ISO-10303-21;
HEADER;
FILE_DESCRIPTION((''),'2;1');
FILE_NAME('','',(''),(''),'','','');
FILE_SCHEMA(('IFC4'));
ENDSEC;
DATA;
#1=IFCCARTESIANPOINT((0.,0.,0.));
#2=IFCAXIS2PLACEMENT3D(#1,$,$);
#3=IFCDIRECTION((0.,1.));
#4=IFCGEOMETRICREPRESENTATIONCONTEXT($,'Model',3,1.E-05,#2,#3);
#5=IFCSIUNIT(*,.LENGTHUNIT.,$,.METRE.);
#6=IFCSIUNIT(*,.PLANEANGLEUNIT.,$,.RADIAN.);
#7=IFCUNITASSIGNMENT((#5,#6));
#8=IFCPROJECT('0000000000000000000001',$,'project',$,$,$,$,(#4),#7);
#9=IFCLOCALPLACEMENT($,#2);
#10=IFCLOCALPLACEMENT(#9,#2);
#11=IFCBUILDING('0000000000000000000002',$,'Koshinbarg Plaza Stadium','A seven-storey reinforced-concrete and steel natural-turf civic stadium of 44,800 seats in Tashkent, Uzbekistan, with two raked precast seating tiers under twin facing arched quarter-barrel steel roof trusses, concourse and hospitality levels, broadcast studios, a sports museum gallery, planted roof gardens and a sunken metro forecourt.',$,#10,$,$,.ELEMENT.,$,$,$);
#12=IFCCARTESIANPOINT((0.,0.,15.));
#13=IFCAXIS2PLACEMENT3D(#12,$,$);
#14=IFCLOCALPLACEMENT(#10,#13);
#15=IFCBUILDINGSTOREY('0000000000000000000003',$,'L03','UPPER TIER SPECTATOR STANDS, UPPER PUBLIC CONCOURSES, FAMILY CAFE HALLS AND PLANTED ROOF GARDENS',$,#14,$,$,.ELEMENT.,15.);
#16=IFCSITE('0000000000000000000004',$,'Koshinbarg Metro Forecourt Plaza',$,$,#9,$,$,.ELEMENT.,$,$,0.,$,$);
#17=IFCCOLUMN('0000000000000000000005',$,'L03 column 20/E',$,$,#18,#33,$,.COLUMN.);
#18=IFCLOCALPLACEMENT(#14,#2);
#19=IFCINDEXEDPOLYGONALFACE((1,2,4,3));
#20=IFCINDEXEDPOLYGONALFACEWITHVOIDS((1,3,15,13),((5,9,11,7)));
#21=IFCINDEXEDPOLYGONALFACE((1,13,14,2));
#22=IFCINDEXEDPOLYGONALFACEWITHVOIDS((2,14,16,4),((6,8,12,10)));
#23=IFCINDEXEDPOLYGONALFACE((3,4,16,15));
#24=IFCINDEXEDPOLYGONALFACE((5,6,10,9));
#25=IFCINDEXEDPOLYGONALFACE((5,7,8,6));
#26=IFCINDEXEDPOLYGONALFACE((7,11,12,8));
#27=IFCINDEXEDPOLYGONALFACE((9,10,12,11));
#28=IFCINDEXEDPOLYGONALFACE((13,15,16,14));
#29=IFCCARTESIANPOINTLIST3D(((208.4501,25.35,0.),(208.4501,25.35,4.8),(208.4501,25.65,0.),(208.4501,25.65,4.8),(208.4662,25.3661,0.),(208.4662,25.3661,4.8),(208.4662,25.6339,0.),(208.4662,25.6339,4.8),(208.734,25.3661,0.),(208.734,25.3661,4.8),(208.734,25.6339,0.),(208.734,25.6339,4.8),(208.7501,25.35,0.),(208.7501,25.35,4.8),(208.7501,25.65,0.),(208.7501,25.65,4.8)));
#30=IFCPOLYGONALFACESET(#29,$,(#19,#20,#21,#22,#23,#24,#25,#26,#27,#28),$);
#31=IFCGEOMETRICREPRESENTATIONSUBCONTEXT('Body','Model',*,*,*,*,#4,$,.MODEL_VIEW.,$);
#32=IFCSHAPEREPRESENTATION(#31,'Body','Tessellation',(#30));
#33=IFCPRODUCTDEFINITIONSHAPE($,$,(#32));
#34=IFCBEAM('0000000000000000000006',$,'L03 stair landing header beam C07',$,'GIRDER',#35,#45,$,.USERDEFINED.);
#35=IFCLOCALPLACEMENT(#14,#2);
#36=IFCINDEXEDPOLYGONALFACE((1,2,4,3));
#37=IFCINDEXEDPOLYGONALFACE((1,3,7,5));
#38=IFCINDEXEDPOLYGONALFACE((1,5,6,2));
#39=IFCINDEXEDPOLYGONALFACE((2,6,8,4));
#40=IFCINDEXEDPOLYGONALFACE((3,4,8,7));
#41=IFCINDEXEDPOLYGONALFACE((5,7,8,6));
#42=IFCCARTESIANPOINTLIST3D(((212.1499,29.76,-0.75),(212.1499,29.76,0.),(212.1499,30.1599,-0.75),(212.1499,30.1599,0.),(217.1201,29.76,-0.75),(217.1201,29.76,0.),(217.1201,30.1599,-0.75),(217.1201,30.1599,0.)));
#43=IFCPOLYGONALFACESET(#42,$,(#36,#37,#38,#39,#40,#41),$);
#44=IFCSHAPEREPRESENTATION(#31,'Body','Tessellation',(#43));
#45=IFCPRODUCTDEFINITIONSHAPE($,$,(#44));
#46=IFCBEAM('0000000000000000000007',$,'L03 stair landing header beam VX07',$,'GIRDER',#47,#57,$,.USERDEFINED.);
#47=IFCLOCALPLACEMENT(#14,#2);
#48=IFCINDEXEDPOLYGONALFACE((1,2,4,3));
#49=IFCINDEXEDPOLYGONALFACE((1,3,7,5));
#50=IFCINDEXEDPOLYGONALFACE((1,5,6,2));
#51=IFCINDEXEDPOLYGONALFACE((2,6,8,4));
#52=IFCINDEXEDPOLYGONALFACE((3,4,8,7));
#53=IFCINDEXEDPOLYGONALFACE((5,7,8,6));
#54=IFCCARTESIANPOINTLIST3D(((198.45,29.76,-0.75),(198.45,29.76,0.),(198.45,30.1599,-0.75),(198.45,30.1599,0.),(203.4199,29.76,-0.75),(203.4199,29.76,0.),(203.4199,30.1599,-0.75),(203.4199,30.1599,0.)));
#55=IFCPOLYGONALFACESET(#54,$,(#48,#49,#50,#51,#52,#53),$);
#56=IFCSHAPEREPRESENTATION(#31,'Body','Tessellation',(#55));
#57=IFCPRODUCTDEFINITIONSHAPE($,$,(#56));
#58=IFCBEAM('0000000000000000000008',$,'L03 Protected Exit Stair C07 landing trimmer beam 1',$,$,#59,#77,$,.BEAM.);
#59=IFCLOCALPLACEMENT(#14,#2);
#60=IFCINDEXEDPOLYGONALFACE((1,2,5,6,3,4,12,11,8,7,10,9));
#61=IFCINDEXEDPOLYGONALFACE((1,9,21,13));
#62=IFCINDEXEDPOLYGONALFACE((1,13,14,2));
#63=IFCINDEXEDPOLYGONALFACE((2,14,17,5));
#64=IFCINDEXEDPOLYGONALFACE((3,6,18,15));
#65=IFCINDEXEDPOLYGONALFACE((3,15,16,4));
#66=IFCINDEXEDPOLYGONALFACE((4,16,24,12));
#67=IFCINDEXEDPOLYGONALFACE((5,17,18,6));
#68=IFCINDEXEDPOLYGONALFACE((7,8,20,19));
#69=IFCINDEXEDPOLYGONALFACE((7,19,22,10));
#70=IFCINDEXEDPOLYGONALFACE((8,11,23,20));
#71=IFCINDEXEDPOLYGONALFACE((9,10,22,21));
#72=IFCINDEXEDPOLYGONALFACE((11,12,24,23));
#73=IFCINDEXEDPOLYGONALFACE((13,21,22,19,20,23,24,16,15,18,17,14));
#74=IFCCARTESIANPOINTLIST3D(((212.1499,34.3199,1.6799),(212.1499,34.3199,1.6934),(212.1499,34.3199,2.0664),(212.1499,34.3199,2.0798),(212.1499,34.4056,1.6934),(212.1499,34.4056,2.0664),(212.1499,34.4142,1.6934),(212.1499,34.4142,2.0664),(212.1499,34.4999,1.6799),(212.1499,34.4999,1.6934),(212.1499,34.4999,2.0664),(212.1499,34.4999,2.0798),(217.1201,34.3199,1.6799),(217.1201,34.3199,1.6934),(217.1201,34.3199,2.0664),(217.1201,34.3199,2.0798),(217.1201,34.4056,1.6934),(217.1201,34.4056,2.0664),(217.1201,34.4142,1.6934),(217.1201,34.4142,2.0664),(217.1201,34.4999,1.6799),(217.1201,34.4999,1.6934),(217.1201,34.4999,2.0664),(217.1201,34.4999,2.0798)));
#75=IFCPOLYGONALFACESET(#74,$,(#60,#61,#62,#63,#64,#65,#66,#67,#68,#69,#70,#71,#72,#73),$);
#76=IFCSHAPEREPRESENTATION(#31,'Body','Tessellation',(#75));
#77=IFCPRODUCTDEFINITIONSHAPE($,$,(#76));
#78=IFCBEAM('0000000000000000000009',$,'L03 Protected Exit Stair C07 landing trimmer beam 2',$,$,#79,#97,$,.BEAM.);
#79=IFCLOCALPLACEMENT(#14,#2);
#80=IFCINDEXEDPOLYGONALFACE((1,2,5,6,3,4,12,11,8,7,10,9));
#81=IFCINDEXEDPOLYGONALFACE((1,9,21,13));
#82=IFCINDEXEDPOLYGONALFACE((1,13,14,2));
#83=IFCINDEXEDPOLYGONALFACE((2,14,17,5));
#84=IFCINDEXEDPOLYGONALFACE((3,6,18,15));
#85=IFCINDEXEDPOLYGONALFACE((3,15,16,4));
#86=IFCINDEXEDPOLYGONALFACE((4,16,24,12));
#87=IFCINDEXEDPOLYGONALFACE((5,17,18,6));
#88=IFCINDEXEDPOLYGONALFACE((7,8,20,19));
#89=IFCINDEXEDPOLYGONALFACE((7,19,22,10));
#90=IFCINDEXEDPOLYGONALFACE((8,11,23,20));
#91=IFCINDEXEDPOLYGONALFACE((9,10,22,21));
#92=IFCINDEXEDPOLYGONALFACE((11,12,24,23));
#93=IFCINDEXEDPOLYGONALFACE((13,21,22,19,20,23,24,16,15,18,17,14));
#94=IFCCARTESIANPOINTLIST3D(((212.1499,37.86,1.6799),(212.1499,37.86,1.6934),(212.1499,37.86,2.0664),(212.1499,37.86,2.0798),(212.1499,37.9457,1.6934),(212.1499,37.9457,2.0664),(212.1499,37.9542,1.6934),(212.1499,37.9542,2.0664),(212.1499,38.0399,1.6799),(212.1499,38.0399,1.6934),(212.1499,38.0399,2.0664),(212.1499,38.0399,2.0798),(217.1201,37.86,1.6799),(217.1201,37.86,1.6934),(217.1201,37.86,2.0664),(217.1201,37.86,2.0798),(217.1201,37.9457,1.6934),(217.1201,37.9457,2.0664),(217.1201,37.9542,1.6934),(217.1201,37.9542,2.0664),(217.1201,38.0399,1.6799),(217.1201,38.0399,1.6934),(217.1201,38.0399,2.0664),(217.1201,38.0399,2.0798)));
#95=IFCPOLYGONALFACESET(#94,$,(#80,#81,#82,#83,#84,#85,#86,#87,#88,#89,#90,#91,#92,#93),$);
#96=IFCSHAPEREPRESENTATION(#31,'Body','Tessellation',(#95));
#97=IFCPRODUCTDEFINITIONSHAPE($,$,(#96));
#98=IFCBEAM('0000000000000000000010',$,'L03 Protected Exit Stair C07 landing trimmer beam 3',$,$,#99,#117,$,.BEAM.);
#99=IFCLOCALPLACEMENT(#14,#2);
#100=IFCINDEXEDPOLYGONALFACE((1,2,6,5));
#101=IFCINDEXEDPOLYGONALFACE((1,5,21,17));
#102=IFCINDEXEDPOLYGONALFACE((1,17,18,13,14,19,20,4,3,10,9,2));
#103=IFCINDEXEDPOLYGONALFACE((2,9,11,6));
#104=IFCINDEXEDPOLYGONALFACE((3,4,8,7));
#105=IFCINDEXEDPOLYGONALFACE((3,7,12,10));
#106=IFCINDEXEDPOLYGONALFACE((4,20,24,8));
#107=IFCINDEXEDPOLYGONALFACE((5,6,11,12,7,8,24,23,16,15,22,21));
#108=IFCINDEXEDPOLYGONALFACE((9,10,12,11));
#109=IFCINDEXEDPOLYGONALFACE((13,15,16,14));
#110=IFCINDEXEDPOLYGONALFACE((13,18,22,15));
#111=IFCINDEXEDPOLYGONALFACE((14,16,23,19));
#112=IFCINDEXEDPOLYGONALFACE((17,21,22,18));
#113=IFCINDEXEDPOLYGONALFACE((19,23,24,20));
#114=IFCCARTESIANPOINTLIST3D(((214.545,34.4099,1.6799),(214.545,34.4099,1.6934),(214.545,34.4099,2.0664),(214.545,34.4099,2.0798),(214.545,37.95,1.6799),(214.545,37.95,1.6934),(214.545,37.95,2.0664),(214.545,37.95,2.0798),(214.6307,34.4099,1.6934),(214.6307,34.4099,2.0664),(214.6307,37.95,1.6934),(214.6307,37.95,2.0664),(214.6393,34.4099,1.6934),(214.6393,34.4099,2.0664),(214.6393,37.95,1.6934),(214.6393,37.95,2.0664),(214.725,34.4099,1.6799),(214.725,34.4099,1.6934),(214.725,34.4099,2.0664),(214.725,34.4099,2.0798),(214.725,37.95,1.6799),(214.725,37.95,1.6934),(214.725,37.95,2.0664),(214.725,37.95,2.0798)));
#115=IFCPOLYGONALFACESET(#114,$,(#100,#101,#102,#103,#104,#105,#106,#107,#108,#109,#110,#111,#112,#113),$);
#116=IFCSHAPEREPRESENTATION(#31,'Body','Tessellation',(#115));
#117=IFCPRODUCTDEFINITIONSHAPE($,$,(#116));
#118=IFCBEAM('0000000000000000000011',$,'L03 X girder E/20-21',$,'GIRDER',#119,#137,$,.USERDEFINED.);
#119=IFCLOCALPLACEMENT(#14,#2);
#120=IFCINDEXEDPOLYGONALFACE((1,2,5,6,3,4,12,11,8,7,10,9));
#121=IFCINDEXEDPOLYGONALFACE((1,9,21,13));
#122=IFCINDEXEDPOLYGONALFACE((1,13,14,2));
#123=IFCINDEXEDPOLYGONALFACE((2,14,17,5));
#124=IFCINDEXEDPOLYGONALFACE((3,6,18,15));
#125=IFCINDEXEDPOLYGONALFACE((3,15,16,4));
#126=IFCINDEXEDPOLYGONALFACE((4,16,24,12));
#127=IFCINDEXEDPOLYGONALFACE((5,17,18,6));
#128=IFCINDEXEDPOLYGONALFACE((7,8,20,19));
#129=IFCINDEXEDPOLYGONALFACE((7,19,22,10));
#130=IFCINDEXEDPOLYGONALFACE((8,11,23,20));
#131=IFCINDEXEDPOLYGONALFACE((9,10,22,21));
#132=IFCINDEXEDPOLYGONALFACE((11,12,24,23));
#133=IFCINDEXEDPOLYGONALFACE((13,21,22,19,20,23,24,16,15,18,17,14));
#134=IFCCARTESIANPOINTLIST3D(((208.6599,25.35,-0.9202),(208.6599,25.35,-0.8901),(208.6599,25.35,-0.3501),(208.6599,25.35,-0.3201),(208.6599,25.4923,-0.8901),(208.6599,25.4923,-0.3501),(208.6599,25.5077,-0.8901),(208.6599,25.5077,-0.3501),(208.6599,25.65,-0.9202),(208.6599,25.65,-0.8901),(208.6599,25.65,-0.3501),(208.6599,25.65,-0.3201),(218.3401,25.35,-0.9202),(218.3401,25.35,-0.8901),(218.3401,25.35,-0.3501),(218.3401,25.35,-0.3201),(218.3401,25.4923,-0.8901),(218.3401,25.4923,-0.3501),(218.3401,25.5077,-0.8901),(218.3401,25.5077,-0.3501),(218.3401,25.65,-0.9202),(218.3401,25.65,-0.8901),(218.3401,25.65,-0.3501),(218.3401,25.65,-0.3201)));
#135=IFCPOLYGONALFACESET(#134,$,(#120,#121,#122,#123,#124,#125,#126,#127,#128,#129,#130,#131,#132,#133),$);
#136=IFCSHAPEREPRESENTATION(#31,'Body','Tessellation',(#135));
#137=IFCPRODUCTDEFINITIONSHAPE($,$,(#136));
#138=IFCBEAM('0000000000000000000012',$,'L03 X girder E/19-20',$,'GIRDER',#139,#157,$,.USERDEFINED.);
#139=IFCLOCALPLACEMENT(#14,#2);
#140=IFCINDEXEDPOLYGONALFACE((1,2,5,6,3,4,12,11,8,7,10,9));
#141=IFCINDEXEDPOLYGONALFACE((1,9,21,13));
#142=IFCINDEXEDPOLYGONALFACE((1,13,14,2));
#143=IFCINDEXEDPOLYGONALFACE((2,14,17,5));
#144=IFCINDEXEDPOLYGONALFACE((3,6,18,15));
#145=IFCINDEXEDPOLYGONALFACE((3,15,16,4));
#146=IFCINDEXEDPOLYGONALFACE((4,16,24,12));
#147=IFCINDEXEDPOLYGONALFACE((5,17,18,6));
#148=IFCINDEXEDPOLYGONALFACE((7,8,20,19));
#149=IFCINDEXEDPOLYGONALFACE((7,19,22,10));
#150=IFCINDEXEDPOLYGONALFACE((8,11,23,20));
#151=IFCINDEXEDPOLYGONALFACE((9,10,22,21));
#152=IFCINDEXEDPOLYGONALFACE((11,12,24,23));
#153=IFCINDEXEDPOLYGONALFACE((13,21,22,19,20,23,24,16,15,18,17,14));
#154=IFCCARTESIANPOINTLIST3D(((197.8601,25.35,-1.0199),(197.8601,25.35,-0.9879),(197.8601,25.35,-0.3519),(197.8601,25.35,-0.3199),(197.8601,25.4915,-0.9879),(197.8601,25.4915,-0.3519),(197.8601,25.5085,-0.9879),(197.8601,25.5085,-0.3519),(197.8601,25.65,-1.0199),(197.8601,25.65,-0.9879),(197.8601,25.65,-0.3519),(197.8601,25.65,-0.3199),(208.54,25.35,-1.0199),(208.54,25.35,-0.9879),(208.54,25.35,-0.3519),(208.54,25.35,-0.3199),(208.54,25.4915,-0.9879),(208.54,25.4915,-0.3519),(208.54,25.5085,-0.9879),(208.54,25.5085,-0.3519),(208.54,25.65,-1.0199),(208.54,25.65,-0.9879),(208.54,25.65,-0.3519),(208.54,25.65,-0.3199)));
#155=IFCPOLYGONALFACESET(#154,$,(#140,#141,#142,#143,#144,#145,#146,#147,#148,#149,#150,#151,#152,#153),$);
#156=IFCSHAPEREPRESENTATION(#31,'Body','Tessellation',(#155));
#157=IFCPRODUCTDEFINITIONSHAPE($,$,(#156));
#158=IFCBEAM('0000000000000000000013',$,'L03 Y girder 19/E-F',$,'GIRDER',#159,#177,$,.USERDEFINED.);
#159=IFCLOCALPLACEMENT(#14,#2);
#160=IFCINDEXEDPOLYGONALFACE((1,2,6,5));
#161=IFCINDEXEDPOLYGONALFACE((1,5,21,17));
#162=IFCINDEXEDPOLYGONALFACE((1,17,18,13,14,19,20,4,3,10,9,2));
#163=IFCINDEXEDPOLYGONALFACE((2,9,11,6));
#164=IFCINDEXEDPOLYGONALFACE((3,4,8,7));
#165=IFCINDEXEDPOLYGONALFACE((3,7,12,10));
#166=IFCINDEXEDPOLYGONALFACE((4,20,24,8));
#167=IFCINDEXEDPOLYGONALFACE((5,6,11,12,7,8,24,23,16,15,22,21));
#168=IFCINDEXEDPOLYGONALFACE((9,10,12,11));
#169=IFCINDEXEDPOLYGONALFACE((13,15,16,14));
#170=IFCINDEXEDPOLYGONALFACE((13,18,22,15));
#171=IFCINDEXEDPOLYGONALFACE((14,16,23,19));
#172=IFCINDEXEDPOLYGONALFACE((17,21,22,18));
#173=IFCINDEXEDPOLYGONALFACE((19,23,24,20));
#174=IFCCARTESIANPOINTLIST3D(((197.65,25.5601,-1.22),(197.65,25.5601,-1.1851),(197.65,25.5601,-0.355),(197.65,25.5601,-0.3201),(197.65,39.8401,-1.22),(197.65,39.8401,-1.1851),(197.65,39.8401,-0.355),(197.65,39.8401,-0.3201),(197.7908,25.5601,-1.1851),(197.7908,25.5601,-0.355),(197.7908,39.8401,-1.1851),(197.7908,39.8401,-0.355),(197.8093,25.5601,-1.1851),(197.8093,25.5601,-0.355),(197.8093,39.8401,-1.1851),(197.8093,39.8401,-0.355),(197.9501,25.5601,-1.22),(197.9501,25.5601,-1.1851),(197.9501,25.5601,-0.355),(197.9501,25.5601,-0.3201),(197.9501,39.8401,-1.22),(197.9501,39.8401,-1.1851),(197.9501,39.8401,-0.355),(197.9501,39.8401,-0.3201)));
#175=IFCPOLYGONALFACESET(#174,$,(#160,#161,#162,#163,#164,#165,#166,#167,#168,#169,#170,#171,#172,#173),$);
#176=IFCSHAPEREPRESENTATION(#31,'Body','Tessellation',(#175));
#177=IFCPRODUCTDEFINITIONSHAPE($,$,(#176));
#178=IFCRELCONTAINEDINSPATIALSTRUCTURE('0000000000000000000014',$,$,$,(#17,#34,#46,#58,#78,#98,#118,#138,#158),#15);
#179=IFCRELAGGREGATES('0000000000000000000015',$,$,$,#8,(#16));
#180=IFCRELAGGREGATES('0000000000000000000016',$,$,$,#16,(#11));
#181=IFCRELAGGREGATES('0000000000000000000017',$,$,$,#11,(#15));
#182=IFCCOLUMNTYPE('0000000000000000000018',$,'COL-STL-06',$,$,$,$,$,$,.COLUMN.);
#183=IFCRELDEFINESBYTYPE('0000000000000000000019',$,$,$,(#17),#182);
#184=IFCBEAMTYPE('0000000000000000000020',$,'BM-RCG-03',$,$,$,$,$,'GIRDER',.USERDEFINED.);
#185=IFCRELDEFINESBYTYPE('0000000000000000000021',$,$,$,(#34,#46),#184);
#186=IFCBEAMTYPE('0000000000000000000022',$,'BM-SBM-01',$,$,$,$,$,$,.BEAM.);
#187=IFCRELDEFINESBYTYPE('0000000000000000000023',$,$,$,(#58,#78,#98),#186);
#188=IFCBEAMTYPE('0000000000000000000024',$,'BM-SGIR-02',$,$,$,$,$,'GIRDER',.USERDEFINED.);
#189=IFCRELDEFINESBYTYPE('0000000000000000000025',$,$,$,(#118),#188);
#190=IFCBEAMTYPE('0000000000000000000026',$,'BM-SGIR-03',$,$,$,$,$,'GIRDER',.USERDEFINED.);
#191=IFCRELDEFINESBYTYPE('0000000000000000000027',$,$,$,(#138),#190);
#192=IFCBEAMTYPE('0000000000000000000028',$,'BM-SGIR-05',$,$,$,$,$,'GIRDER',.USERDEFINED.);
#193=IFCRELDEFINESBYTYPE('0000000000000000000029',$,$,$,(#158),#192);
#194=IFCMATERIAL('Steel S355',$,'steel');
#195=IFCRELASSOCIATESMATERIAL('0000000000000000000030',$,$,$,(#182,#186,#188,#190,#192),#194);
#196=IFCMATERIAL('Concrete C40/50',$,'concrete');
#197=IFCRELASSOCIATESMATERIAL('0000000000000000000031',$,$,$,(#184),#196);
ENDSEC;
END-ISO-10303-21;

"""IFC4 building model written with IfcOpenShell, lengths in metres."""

from ifc_helpers import new_model, si_unit, direction, frame, origin, origin_2d, place, context, subcontext, project, spatial, rectangle, hollow_rectangle, i_section, extrude, material, material_profile, profile_set, type_object, element, save


model = new_model("IFC4")

# Units and contexts
model_context = context("Model", 3, precision=1e-05, world=origin(), true_north=direction((0.0, 1.0)))
body_context = subcontext(model_context, "Body", "Model", "MODEL_VIEW")
ifc_project = project(units=[si_unit("LENGTHUNIT", "METRE"), si_unit("PLANEANGLEUNIT", "RADIAN")], contexts=[model_context])

# Site, building, storey
site_placement = place(None, origin())
site = spatial("IfcSite", under=ifc_project, at=site_placement, Name="Koshinbarg Metro Forecourt Plaza", CompositionType="ELEMENT", RefElevation=0.0)
building_placement = place(site_placement, origin())
building = spatial("IfcBuilding", under=site, at=building_placement, Name="Koshinbarg Plaza Stadium", Description="A seven-storey reinforced-concrete and steel natural-turf civic stadium of 44,800 seats in Tashkent, Uzbekistan, with two raked precast seating tiers under twin facing arched quarter-barrel steel roof trusses, concourse and hospitality levels, broadcast studios, a sports museum gallery, planted roof gardens and a sunken metro forecourt.", CompositionType="ELEMENT")
storey_placement = place(building_placement, frame((0.0, 0.0, 15.0)))
storey = spatial("IfcBuildingStorey", under=building, at=storey_placement, Name="L03", Description="UPPER TIER SPECTATOR STANDS, UPPER PUBLIC CONCOURSES, FAMILY CAFE HALLS AND PLANTED ROOF GARDENS", CompositionType="ELEMENT", Elevation=15.0)

# Column
ifc_material_1 = material(Name="Steel S355", Category="steel")
ifc_material_profile_1 = material_profile(ifc_material_1, hollow_rectangle(XDim=0.3, YDim=0.3, WallThickness=0.0161, at=origin_2d()), Name="SHS 300x300x16")
ifc_profile_set_1 = profile_set([ifc_material_profile_1], Name="Steel S355")
column_type = type_object("IfcColumnType", Name="COL-STL-06", PredefinedType="COLUMN", material=ifc_profile_set_1)
column_placement = place(storey_placement, frame((208.6001, 25.5, 0.0), z_axis=(0.0, 0.0, 1.0), x_axis=(1.0, 0.0, 0.0)))
element("IfcColumn", 1, at=column_placement, inside=storey, type_object=column_type, Name="L03 column 20/E", PredefinedType="COLUMN", context=body_context, shape_type="SweptSolid", body=[
    extrude(hollow_rectangle(XDim=0.3, YDim=0.3, WallThickness=0.0161, at=origin_2d()), origin(), (0.0, 0.0, 1.0), 4.8),
])

# Beams
ifc_material_2 = material(Name="Concrete C40/50", Category="concrete")
ifc_material_profile_2 = material_profile(ifc_material_2, rectangle(XDim=0.3999, YDim=0.75, at=origin_2d()), Name="RC 400x750")
ifc_profile_set_2 = profile_set([ifc_material_profile_2], Name="Concrete C40/50")
beam_type_1 = type_object("IfcBeamType", Name="BM-RCG-03", ElementType="GIRDER", PredefinedType="USERDEFINED", material=ifc_profile_set_2)
beam_1_placement = place(storey_placement, frame((212.1499, 29.96, -0.375), z_axis=(1.0, 0.0, 0.0), x_axis=(0.0, 1.0, 0.0)))
element("IfcBeam", 2, at=beam_1_placement, inside=storey, type_object=beam_type_1, Name="L03 stair landing header beam C07", ObjectType="GIRDER", PredefinedType="USERDEFINED", context=body_context, shape_type="SweptSolid", body=[
    extrude(rectangle(XDim=0.3999, YDim=0.75, at=origin_2d()), origin(), (0.0, 0.0, 1.0), 4.9702),
])
beam_2_placement = place(storey_placement, frame((198.45, 29.96, -0.375), z_axis=(1.0, 0.0, 0.0), x_axis=(0.0, 1.0, 0.0)))
element("IfcBeam", 3, at=beam_2_placement, inside=storey, type_object=beam_type_1, Name="L03 stair landing header beam VX07", ObjectType="GIRDER", PredefinedType="USERDEFINED", context=body_context, shape_type="SweptSolid", body=[
    extrude(rectangle(XDim=0.3999, YDim=0.75, at=origin_2d()), origin(), (0.0, 0.0, 1.0), 4.97),
])
ifc_material_profile_3 = material_profile(ifc_material_1, i_section(OverallWidth=0.1799, OverallDepth=0.3999, WebThickness=0.0085, FlangeThickness=0.0134, at=origin_2d()), Name="IPE 400")
ifc_profile_set_3 = profile_set([ifc_material_profile_3], Name="Steel S355")
beam_type_2 = type_object("IfcBeamType", Name="BM-SBM-01", PredefinedType="BEAM", material=ifc_profile_set_3)
for number, where, z_axis, x_axis, name in (
    (4, (212.1499, 34.4099, 1.8799), (1.0, 0.0, 0.0), (0.0, 1.0, 0.0), "L03 Protected Exit Stair C07 landing trimmer beam 1"),
    (5, (212.1499, 37.95, 1.8799), (1.0, 0.0, 0.0), (0.0, 1.0, 0.0), "L03 Protected Exit Stair C07 landing trimmer beam 2"),
):
    element("IfcBeam", number, at=place(storey_placement, frame(where, z_axis=z_axis, x_axis=x_axis)), inside=storey, type_object=beam_type_2, Name=name, PredefinedType="BEAM", context=body_context, shape_type="SweptSolid", body=[
        extrude(i_section(OverallWidth=0.1799, OverallDepth=0.3999, WebThickness=0.0085, FlangeThickness=0.0134, at=origin_2d()), origin(), (0.0, 0.0, 1.0), 4.9702),
    ])
beam_3_placement = place(storey_placement, frame((214.635, 34.4099, 1.8799), z_axis=(0.0, 1.0, 0.0), x_axis=(-1.0, 0.0, 0.0)))
element("IfcBeam", 6, at=beam_3_placement, inside=storey, type_object=beam_type_2, Name="L03 Protected Exit Stair C07 landing trimmer beam 3", PredefinedType="BEAM", context=body_context, shape_type="SweptSolid", body=[
    extrude(i_section(OverallWidth=0.1799, OverallDepth=0.3999, WebThickness=0.0085, FlangeThickness=0.0134, at=origin_2d()), origin(), (0.0, 0.0, 1.0), 3.54),
])
ifc_material_profile_4 = material_profile(ifc_material_1, i_section(OverallWidth=0.3, OverallDepth=0.6001, WebThickness=0.0154, FlangeThickness=0.03, at=origin_2d()), Name="HEB 600")
ifc_profile_set_4 = profile_set([ifc_material_profile_4], Name="Steel S355")
beam_type_3 = type_object("IfcBeamType", Name="BM-SGIR-02", ElementType="GIRDER", PredefinedType="USERDEFINED", material=ifc_profile_set_4)
beam_4_placement = place(storey_placement, frame((208.6599, 25.5, -0.6201), z_axis=(1.0, 0.0, 0.0), x_axis=(0.0, 1.0, 0.0)))
element("IfcBeam", 7, at=beam_4_placement, inside=storey, type_object=beam_type_3, Name="L03 X girder E/20-21", ObjectType="GIRDER", PredefinedType="USERDEFINED", context=body_context, shape_type="SweptSolid", body=[
    extrude(i_section(OverallWidth=0.3, OverallDepth=0.6001, WebThickness=0.0154, FlangeThickness=0.03, at=origin_2d()), origin(), (0.0, 0.0, 1.0), 9.6802),
])
ifc_material_profile_5 = material_profile(ifc_material_1, i_section(OverallWidth=0.3, OverallDepth=0.7, WebThickness=0.0171, FlangeThickness=0.032, at=origin_2d()), Name="HEB 700")
ifc_profile_set_5 = profile_set([ifc_material_profile_5], Name="Steel S355")
beam_type_4 = type_object("IfcBeamType", Name="BM-SGIR-03", ElementType="GIRDER", PredefinedType="USERDEFINED", material=ifc_profile_set_5)
beam_5_placement = place(storey_placement, frame((197.8601, 25.5, -0.6699), z_axis=(1.0, 0.0, 0.0), x_axis=(0.0, 1.0, 0.0)))
element("IfcBeam", 8, at=beam_5_placement, inside=storey, type_object=beam_type_4, Name="L03 X girder E/19-20", ObjectType="GIRDER", PredefinedType="USERDEFINED", context=body_context, shape_type="SweptSolid", body=[
    extrude(i_section(OverallWidth=0.3, OverallDepth=0.7, WebThickness=0.0171, FlangeThickness=0.032, at=origin_2d()), origin(), (0.0, 0.0, 1.0), 10.6799),
])
ifc_material_profile_6 = material_profile(ifc_material_1, i_section(OverallWidth=0.3, OverallDepth=0.8999, WebThickness=0.0186, FlangeThickness=0.0349, at=origin_2d()), Name="HEB 900")
ifc_profile_set_6 = profile_set([ifc_material_profile_6], Name="Steel S355")
beam_type_5 = type_object("IfcBeamType", Name="BM-SGIR-05", ElementType="GIRDER", PredefinedType="USERDEFINED", material=ifc_profile_set_6)
beam_6_placement = place(storey_placement, frame((197.8, 25.5601, -0.77), z_axis=(0.0, 1.0, 0.0), x_axis=(-1.0, 0.0, 0.0)))
element("IfcBeam", 9, at=beam_6_placement, inside=storey, type_object=beam_type_5, Name="L03 Y girder 19/E-F", ObjectType="GIRDER", PredefinedType="USERDEFINED", context=body_context, shape_type="SweptSolid", body=[
    extrude(i_section(OverallWidth=0.3, OverallDepth=0.8999, WebThickness=0.0186, FlangeThickness=0.0349, at=origin_2d()), origin(), (0.0, 0.0, 1.0), 14.28),
])

save(model, "model.ifc")
